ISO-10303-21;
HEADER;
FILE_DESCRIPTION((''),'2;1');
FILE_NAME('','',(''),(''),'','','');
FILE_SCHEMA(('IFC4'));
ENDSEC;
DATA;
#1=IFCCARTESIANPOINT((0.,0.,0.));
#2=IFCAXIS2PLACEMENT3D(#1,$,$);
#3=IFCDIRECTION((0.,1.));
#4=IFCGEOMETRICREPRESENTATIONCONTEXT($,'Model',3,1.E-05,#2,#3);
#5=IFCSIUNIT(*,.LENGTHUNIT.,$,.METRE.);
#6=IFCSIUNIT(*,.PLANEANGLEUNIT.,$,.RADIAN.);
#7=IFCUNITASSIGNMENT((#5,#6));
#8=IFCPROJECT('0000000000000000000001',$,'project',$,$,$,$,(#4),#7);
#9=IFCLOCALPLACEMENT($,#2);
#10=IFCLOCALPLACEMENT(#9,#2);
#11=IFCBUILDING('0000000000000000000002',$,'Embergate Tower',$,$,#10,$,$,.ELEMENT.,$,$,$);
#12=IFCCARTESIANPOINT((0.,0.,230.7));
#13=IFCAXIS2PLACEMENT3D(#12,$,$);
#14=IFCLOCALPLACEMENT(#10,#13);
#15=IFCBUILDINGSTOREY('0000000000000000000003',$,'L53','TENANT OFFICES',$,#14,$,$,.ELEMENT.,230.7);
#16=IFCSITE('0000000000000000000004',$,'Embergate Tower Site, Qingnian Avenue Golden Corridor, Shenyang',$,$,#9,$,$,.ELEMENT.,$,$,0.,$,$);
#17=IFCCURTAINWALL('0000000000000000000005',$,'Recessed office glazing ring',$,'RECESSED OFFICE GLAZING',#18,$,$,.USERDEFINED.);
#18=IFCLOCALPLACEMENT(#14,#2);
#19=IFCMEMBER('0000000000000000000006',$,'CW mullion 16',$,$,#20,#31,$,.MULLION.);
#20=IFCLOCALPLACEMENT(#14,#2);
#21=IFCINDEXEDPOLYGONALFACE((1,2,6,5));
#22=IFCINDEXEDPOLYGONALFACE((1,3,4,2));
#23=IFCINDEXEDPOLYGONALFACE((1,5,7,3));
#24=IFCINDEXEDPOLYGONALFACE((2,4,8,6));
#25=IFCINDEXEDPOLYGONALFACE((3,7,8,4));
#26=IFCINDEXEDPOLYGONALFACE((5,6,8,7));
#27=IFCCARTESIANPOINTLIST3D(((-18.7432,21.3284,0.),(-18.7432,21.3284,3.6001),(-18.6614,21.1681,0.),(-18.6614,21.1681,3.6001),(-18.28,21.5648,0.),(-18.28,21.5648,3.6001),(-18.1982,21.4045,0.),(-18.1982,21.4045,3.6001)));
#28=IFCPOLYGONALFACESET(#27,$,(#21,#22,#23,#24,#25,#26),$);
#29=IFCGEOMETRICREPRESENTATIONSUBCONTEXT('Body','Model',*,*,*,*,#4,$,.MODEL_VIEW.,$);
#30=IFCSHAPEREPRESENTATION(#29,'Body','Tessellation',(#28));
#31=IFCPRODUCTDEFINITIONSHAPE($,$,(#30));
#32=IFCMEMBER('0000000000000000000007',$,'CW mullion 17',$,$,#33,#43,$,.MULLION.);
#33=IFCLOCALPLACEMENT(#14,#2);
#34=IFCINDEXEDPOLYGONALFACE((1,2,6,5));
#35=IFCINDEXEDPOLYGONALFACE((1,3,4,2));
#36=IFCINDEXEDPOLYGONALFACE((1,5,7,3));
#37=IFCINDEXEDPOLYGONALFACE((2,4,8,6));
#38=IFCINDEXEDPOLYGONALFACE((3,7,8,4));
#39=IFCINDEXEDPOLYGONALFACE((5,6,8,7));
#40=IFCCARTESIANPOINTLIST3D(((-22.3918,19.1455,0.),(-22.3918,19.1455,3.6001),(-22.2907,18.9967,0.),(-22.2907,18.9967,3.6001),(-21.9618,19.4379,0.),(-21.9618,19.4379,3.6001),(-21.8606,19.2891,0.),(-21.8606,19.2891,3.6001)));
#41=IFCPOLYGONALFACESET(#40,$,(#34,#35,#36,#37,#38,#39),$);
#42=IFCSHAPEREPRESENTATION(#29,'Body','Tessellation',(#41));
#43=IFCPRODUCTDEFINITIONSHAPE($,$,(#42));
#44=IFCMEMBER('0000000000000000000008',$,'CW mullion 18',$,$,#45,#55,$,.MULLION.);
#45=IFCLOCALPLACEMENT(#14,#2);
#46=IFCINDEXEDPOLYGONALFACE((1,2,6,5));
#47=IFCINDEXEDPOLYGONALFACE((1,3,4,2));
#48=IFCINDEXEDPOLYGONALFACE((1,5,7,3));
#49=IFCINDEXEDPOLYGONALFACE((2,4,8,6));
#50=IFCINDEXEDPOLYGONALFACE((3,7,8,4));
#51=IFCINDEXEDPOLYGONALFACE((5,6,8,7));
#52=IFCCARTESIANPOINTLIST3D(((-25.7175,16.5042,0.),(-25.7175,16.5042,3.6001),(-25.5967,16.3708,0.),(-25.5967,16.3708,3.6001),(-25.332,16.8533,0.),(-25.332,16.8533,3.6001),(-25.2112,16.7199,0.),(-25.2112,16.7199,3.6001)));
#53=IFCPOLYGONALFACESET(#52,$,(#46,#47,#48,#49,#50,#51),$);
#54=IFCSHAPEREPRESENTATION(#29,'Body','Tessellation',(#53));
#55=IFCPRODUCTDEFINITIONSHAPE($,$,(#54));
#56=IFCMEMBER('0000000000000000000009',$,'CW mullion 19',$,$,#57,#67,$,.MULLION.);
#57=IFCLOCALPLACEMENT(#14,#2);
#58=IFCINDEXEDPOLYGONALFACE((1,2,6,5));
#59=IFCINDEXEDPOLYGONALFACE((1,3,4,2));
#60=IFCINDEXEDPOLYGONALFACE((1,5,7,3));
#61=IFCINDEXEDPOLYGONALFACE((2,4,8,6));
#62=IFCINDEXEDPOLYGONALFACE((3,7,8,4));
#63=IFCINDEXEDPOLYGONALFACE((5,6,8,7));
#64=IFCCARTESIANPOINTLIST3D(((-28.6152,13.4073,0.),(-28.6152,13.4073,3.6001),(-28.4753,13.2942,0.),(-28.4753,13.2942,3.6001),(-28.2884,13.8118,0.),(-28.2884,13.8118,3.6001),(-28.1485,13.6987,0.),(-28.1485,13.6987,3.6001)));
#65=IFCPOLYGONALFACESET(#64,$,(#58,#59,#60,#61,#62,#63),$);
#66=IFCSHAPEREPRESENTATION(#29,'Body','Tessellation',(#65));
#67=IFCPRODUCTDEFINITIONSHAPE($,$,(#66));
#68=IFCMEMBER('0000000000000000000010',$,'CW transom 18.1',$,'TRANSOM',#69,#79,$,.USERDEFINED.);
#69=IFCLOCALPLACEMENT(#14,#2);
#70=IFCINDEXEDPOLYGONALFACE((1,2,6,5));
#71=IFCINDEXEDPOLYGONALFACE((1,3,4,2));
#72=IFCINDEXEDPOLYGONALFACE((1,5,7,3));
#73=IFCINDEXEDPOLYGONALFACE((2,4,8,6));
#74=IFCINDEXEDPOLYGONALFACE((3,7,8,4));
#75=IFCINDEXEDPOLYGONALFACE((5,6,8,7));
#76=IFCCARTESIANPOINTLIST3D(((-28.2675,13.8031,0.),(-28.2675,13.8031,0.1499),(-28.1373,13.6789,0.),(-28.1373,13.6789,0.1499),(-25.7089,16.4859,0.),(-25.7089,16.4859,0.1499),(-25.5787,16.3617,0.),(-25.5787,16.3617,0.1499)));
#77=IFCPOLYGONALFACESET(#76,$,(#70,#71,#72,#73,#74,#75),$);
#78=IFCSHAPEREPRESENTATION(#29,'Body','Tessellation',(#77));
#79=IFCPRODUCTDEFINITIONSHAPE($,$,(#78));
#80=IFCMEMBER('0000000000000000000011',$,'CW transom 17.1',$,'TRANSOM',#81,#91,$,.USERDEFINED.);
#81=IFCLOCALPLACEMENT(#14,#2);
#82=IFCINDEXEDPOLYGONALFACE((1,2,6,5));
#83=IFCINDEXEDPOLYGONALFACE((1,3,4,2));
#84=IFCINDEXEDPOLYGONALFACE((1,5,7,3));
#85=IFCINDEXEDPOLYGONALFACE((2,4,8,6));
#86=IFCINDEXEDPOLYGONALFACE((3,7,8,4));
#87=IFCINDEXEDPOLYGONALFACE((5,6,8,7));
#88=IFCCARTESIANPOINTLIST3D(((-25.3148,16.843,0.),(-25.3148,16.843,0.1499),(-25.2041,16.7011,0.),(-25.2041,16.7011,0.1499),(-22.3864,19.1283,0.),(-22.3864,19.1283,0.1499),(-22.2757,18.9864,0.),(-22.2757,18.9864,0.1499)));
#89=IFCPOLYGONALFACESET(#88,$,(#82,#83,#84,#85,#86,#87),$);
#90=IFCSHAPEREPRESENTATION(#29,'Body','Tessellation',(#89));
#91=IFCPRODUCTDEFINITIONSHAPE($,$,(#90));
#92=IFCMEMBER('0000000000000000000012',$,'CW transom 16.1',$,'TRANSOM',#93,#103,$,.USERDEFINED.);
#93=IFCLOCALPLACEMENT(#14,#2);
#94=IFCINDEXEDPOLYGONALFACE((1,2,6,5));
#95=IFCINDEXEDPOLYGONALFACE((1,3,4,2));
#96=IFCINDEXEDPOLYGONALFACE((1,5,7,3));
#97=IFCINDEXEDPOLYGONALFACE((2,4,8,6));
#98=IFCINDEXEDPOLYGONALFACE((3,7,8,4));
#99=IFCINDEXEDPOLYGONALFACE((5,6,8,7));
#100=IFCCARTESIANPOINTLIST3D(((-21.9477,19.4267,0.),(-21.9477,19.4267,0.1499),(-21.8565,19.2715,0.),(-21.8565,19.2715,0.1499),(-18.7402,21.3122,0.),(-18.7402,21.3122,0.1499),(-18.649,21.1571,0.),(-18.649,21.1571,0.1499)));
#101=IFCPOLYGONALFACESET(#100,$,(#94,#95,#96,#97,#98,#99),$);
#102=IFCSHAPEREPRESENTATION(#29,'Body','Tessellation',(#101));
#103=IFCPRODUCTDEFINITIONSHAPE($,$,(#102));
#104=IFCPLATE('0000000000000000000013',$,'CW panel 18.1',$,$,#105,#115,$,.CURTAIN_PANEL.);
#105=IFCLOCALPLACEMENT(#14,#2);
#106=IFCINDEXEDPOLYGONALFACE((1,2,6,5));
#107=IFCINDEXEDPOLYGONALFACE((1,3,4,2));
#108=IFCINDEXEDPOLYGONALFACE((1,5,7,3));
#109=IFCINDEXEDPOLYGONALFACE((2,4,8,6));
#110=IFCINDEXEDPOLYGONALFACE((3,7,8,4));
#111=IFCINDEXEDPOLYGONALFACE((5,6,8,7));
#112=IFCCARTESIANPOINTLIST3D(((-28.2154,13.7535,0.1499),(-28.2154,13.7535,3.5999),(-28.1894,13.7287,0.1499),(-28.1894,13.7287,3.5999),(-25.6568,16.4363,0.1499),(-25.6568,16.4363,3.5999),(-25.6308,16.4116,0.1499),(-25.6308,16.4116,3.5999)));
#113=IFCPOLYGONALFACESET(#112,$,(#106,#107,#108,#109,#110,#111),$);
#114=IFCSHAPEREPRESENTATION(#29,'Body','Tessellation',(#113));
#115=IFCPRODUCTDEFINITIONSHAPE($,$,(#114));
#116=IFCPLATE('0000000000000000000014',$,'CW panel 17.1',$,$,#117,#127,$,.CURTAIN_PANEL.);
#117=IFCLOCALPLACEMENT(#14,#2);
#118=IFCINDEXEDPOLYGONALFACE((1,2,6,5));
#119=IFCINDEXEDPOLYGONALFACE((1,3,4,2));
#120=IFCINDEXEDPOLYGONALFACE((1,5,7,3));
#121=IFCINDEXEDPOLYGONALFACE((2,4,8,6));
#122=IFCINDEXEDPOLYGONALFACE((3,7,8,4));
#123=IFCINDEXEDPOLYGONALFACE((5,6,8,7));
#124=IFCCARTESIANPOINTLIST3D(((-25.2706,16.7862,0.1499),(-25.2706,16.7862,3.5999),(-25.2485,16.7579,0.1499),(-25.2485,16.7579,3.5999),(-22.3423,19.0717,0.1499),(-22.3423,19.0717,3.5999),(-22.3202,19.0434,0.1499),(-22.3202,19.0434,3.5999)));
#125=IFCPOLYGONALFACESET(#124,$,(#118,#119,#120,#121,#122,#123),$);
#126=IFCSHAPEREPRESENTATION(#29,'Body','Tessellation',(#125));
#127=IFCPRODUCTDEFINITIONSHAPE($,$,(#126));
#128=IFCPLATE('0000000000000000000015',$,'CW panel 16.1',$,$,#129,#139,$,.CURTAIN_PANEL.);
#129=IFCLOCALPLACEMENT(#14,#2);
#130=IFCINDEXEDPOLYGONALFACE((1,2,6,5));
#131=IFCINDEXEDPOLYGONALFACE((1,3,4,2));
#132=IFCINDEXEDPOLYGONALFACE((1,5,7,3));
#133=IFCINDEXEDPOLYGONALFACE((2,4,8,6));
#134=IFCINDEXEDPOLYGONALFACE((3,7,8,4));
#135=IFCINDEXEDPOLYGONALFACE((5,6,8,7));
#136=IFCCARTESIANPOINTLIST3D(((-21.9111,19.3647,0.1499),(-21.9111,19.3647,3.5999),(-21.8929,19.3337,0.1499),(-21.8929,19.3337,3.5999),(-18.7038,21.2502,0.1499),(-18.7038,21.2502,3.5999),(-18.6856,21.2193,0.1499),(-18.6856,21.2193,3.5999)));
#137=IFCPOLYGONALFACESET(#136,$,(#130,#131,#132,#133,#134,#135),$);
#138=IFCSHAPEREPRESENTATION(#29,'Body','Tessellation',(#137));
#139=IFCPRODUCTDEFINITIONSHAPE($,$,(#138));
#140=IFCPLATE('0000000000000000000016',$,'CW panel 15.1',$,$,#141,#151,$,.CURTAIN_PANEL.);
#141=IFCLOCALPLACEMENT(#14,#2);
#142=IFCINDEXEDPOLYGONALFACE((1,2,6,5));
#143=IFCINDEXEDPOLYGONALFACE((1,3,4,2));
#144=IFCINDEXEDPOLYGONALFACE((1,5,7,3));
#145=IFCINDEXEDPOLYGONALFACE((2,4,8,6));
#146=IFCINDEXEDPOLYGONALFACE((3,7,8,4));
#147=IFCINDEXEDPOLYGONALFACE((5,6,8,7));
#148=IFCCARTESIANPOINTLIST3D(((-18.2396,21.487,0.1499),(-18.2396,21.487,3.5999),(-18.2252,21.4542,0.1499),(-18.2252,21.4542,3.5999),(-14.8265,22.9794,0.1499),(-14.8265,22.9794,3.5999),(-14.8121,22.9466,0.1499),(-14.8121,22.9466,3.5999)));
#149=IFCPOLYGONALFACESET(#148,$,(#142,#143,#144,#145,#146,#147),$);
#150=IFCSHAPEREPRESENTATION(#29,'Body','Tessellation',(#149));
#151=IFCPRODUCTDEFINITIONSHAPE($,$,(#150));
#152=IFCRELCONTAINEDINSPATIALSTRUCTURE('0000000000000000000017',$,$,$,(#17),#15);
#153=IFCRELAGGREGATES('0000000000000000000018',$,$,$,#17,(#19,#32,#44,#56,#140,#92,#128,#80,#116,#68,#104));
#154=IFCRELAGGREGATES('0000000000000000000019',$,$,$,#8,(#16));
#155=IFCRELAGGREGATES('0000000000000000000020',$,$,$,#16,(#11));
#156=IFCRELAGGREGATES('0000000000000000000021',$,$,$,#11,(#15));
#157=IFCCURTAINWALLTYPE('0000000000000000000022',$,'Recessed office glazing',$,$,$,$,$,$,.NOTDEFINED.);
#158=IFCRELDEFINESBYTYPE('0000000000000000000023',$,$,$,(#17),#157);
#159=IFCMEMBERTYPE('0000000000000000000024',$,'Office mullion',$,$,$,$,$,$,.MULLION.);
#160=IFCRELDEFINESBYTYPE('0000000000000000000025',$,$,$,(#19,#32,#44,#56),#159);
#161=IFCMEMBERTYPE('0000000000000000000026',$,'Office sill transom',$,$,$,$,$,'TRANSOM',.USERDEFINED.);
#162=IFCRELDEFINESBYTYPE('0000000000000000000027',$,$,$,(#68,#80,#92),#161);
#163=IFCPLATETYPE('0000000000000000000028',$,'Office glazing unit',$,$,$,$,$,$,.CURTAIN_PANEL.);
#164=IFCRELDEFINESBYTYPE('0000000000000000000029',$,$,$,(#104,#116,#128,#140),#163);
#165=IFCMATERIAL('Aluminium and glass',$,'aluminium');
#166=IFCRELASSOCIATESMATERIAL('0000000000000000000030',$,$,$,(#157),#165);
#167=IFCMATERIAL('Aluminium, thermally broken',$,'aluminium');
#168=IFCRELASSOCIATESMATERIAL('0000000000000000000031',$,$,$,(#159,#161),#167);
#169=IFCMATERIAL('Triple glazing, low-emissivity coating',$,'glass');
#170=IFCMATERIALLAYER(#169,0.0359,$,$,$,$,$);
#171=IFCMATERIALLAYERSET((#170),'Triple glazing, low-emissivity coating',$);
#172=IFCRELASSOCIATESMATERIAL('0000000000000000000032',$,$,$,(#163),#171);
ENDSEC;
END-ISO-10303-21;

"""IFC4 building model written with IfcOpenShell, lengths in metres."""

from ifc_helpers import new_model, si_unit, direction, frame, origin, origin_2d, place, context, subcontext, project, spatial, rectangle, extrude, source, transform, mapped, material, layer, layer_set, material_profile, profile_set, type_object, element, aggregate, save


model = new_model("IFC4")

# Units and contexts
model_context = context("Model", 3, precision=1e-05, world=origin(), true_north=direction((0.0, 1.0)))
body_context = subcontext(model_context, "Body", "Model", "MODEL_VIEW")
ifc_project = project(units=[si_unit("LENGTHUNIT", "METRE"), si_unit("PLANEANGLEUNIT", "RADIAN")], contexts=[model_context])

# Site, building, storey
site_placement = place(None, origin())
site = spatial("IfcSite", under=ifc_project, at=site_placement, Name="Embergate Tower Site, Qingnian Avenue Golden Corridor, Shenyang", CompositionType="ELEMENT", RefElevation=0.0)
building_placement = place(site_placement, origin())
building = spatial("IfcBuilding", under=site, at=building_placement, Name="Embergate Tower", CompositionType="ELEMENT")
storey_placement = place(building_placement, frame((0.0, 0.0, 230.7)))
storey = spatial("IfcBuildingStorey", under=building, at=storey_placement, Name="L53", Description="TENANT OFFICES", CompositionType="ELEMENT", Elevation=230.7)

# Curtain wall, members, plates
ifc_material_1 = material(Name="Aluminium and glass", Category="aluminium")
curtain_wall_type = type_object("IfcCurtainWallType", Name="Recessed office glazing", PredefinedType="NOTDEFINED", material=ifc_material_1)
curtain_wall_placement = place(storey_placement, origin())
curtain_wall = element("IfcCurtainWall", 1, at=curtain_wall_placement, inside=storey, type_object=curtain_wall_type, Name="Recessed office glazing ring", ObjectType="RECESSED OFFICE GLAZING", PredefinedType="USERDEFINED")
ifc_material_2 = material(Name="Aluminium, thermally broken", Category="aluminium")
ifc_material_profile_1 = material_profile(ifc_material_2, rectangle(XDim=0.1799, YDim=0.52, at=origin_2d()), Name="AL 520x180")
ifc_profile_set_1 = profile_set([ifc_material_profile_1], Name="Aluminium, thermally broken")
member_type_1 = type_object("IfcMemberType", Name="Office mullion", PredefinedType="MULLION", material=ifc_profile_set_1)
shared_shape_1 = source(origin(), body_context, "Body", "SweptSolid", [
    extrude(rectangle(XDim=0.1799, YDim=0.52, at=origin_2d()), origin(), (0.0, 0.0, 1.0), 3.6001),
])
member_1_placement = place(storey_placement, frame((-18.4707, 21.3665, 0.0), z_axis=(0.0, 0.0, 1.0), x_axis=(0.4545, -0.890746, 0.0)))
member_1 = element("IfcMember", 2, at=member_1_placement, type_object=member_type_1, Name="CW mullion 16", PredefinedType="MULLION", context=body_context, shape_type="MappedRepresentation", body=[
    mapped(shared_shape_1, transform((0.0, 0.0, 0.0))),
])
member_2_placement = place(storey_placement, frame((-22.1262, 19.2173, 0.0), z_axis=(0.0, 0.0, 1.0), x_axis=(0.562205, -0.826998, 0.0)))
member_2 = element("IfcMember", 3, at=member_2_placement, type_object=member_type_1, Name="CW mullion 17", PredefinedType="MULLION", context=body_context, shape_type="MappedRepresentation", body=[
    mapped(shared_shape_1, transform((0.0, 0.0, 0.0))),
])
member_3_placement = place(storey_placement, frame((-25.4644, 16.6121, 0.0), z_axis=(0.0, 0.0, 1.0), x_axis=(0.671215, -0.741263, 0.0)))
member_3 = element("IfcMember", 4, at=member_3_placement, type_object=member_type_1, Name="CW mullion 18", PredefinedType="MULLION", context=body_context, shape_type="MappedRepresentation", body=[
    mapped(shared_shape_1, transform((0.0, 0.0, 0.0))),
])
member_4_placement = place(storey_placement, frame((-28.3818, 13.553, 0.0), z_axis=(0.0, 0.0, 1.0), x_axis=(0.77786, -0.628437, 0.0)))
member_4 = element("IfcMember", 5, at=member_4_placement, type_object=member_type_1, Name="CW mullion 19", PredefinedType="MULLION", context=body_context, shape_type="MappedRepresentation", body=[
    mapped(shared_shape_1, transform((0.0, 0.0, 0.0))),
])
ifc_material_profile_2 = material_profile(ifc_material_2, rectangle(XDim=0.1799, YDim=0.1499, at=origin_2d()), Name="AL 150x180")
ifc_profile_set_2 = profile_set([ifc_material_profile_2], Name="Aluminium, thermally broken")
member_type_2 = type_object("IfcMemberType", Name="Office sill transom", ElementType="TRANSOM", PredefinedType="USERDEFINED", material=ifc_profile_set_2)
shared_shape_2 = source(origin(), body_context, "Body", "SweptSolid", [
    extrude(rectangle(XDim=0.1799, YDim=0.1499, at=origin_2d()), origin(), (0.0, 0.0, 1.0), 3.7073),
])
member_5_placement = place(storey_placement, frame((-25.6438, 16.4238, 0.075), z_axis=(-0.690148, -0.723668, 0.0), x_axis=(0.723668, -0.690148, 0.0)))
member_5 = element("IfcMember", 6, at=member_5_placement, type_object=member_type_2, Name="CW transom 18.1", ObjectType="TRANSOM", PredefinedType="USERDEFINED", context=body_context, shape_type="MappedRepresentation", body=[
    mapped(shared_shape_2, transform((0.0, 0.0, 0.0))),
])
shared_shape_3 = source(origin(), body_context, "Body", "SweptSolid", [
    extrude(rectangle(XDim=0.1799, YDim=0.1499, at=origin_2d()), origin(), (0.0, 0.0, 1.0), 3.7146),
])
member_6_placement = place(storey_placement, frame((-22.3311, 19.0574, 0.075), z_axis=(-0.788346, -0.615232, 0.0), x_axis=(0.615232, -0.788346, 0.0)))
member_6 = element("IfcMember", 7, at=member_6_placement, type_object=member_type_2, Name="CW transom 17.1", ObjectType="TRANSOM", PredefinedType="USERDEFINED", context=body_context, shape_type="MappedRepresentation", body=[
    mapped(shared_shape_3, transform((0.0, 0.0, 0.0))),
])
shared_shape_4 = source(origin(), body_context, "Body", "SweptSolid", [
    extrude(rectangle(XDim=0.1799, YDim=0.1499, at=origin_2d()), origin(), (0.0, 0.0, 1.0), 3.7207),
])
member_7_placement = place(storey_placement, frame((-18.6946, 21.2346, 0.075), z_axis=(-0.862084, -0.506765, 0.0), x_axis=(0.506765, -0.862084, 0.0)))
member_7 = element("IfcMember", 8, at=member_7_placement, type_object=member_type_2, Name="CW transom 16.1", ObjectType="TRANSOM", PredefinedType="USERDEFINED", context=body_context, shape_type="MappedRepresentation", body=[
    mapped(shared_shape_4, transform((0.0, 0.0, 0.0))),
])
ifc_material_3 = material(Name="Triple glazing, low-emissivity coating", Category="glass")
ifc_layer_1 = layer(ifc_material_3, 0.0359)
ifc_layer_set_1 = layer_set([ifc_layer_1], Name="Triple glazing, low-emissivity coating")
plate_type = type_object("IfcPlateType", Name="Office glazing unit", PredefinedType="CURTAIN_PANEL", material=ifc_layer_set_1)
shared_shape_5 = source(origin(), body_context, "Body", "SweptSolid", [
    extrude(rectangle(XDim=3.7073, YDim=0.0359, at=origin_2d()), origin(), (0.0, 0.0, 1.0), 3.45),
])
plate_1_placement = place(storey_placement, frame((-26.9231, 15.0825, 0.1499), z_axis=(0.0, 0.0, 1.0), x_axis=(-0.690144, -0.723672, 0.0)))
plate_1 = element("IfcPlate", 9, at=plate_1_placement, type_object=plate_type, Name="CW panel 18.1", PredefinedType="CURTAIN_PANEL", context=body_context, shape_type="MappedRepresentation", body=[
    mapped(shared_shape_5, transform((0.0, 0.0, 0.0))),
])
shared_shape_6 = source(origin(), body_context, "Body", "SweptSolid", [
    extrude(rectangle(XDim=3.7146, YDim=0.0359, at=origin_2d()), origin(), (0.0, 0.0, 1.0), 3.45),
])
plate_2_placement = place(storey_placement, frame((-23.7954, 17.9148, 0.1499), z_axis=(0.0, 0.0, 1.0), x_axis=(-0.788328, -0.615256, 0.0)))
plate_2 = element("IfcPlate", 10, at=plate_2_placement, type_object=plate_type, Name="CW panel 17.1", PredefinedType="CURTAIN_PANEL", context=body_context, shape_type="MappedRepresentation", body=[
    mapped(shared_shape_6, transform((0.0, 0.0, 0.0))),
])
shared_shape_7 = source(origin(), body_context, "Body", "SweptSolid", [
    extrude(rectangle(XDim=3.7205, YDim=0.0359, at=origin_2d()), origin(), (0.0, 0.0, 1.0), 3.45),
])
plate_3_placement = place(storey_placement, frame((-20.2983, 20.292, 0.1499), z_axis=(0.0, 0.0, 1.0), x_axis=(-0.862058, -0.506809, 0.0)))
plate_3 = element("IfcPlate", 11, at=plate_3_placement, type_object=plate_type, Name="CW panel 16.1", PredefinedType="CURTAIN_PANEL", context=body_context, shape_type="MappedRepresentation", body=[
    mapped(shared_shape_7, transform((0.0, 0.0, 0.0))),
])
shared_shape_8 = source(origin(), body_context, "Body", "SweptSolid", [
    extrude(rectangle(XDim=3.7251, YDim=0.0359, at=origin_2d()), origin(), (0.0, 0.0, 1.0), 3.45),
])
plate_4_placement = place(storey_placement, frame((-16.5259, 22.2168, 0.1499), z_axis=(0.0, 0.0, 1.0), x_axis=(-0.916239, -0.400632, 0.0)))
plate_4 = element("IfcPlate", 12, at=plate_4_placement, type_object=plate_type, Name="CW panel 15.1", PredefinedType="CURTAIN_PANEL", context=body_context, shape_type="MappedRepresentation", body=[
    mapped(shared_shape_8, transform((0.0, 0.0, 0.0))),
])
aggregate(curtain_wall, [member_1, member_2, member_3, member_4, plate_4, member_7, plate_3, member_6, plate_2, member_5, plate_1])

save(model, "model.ifc")
